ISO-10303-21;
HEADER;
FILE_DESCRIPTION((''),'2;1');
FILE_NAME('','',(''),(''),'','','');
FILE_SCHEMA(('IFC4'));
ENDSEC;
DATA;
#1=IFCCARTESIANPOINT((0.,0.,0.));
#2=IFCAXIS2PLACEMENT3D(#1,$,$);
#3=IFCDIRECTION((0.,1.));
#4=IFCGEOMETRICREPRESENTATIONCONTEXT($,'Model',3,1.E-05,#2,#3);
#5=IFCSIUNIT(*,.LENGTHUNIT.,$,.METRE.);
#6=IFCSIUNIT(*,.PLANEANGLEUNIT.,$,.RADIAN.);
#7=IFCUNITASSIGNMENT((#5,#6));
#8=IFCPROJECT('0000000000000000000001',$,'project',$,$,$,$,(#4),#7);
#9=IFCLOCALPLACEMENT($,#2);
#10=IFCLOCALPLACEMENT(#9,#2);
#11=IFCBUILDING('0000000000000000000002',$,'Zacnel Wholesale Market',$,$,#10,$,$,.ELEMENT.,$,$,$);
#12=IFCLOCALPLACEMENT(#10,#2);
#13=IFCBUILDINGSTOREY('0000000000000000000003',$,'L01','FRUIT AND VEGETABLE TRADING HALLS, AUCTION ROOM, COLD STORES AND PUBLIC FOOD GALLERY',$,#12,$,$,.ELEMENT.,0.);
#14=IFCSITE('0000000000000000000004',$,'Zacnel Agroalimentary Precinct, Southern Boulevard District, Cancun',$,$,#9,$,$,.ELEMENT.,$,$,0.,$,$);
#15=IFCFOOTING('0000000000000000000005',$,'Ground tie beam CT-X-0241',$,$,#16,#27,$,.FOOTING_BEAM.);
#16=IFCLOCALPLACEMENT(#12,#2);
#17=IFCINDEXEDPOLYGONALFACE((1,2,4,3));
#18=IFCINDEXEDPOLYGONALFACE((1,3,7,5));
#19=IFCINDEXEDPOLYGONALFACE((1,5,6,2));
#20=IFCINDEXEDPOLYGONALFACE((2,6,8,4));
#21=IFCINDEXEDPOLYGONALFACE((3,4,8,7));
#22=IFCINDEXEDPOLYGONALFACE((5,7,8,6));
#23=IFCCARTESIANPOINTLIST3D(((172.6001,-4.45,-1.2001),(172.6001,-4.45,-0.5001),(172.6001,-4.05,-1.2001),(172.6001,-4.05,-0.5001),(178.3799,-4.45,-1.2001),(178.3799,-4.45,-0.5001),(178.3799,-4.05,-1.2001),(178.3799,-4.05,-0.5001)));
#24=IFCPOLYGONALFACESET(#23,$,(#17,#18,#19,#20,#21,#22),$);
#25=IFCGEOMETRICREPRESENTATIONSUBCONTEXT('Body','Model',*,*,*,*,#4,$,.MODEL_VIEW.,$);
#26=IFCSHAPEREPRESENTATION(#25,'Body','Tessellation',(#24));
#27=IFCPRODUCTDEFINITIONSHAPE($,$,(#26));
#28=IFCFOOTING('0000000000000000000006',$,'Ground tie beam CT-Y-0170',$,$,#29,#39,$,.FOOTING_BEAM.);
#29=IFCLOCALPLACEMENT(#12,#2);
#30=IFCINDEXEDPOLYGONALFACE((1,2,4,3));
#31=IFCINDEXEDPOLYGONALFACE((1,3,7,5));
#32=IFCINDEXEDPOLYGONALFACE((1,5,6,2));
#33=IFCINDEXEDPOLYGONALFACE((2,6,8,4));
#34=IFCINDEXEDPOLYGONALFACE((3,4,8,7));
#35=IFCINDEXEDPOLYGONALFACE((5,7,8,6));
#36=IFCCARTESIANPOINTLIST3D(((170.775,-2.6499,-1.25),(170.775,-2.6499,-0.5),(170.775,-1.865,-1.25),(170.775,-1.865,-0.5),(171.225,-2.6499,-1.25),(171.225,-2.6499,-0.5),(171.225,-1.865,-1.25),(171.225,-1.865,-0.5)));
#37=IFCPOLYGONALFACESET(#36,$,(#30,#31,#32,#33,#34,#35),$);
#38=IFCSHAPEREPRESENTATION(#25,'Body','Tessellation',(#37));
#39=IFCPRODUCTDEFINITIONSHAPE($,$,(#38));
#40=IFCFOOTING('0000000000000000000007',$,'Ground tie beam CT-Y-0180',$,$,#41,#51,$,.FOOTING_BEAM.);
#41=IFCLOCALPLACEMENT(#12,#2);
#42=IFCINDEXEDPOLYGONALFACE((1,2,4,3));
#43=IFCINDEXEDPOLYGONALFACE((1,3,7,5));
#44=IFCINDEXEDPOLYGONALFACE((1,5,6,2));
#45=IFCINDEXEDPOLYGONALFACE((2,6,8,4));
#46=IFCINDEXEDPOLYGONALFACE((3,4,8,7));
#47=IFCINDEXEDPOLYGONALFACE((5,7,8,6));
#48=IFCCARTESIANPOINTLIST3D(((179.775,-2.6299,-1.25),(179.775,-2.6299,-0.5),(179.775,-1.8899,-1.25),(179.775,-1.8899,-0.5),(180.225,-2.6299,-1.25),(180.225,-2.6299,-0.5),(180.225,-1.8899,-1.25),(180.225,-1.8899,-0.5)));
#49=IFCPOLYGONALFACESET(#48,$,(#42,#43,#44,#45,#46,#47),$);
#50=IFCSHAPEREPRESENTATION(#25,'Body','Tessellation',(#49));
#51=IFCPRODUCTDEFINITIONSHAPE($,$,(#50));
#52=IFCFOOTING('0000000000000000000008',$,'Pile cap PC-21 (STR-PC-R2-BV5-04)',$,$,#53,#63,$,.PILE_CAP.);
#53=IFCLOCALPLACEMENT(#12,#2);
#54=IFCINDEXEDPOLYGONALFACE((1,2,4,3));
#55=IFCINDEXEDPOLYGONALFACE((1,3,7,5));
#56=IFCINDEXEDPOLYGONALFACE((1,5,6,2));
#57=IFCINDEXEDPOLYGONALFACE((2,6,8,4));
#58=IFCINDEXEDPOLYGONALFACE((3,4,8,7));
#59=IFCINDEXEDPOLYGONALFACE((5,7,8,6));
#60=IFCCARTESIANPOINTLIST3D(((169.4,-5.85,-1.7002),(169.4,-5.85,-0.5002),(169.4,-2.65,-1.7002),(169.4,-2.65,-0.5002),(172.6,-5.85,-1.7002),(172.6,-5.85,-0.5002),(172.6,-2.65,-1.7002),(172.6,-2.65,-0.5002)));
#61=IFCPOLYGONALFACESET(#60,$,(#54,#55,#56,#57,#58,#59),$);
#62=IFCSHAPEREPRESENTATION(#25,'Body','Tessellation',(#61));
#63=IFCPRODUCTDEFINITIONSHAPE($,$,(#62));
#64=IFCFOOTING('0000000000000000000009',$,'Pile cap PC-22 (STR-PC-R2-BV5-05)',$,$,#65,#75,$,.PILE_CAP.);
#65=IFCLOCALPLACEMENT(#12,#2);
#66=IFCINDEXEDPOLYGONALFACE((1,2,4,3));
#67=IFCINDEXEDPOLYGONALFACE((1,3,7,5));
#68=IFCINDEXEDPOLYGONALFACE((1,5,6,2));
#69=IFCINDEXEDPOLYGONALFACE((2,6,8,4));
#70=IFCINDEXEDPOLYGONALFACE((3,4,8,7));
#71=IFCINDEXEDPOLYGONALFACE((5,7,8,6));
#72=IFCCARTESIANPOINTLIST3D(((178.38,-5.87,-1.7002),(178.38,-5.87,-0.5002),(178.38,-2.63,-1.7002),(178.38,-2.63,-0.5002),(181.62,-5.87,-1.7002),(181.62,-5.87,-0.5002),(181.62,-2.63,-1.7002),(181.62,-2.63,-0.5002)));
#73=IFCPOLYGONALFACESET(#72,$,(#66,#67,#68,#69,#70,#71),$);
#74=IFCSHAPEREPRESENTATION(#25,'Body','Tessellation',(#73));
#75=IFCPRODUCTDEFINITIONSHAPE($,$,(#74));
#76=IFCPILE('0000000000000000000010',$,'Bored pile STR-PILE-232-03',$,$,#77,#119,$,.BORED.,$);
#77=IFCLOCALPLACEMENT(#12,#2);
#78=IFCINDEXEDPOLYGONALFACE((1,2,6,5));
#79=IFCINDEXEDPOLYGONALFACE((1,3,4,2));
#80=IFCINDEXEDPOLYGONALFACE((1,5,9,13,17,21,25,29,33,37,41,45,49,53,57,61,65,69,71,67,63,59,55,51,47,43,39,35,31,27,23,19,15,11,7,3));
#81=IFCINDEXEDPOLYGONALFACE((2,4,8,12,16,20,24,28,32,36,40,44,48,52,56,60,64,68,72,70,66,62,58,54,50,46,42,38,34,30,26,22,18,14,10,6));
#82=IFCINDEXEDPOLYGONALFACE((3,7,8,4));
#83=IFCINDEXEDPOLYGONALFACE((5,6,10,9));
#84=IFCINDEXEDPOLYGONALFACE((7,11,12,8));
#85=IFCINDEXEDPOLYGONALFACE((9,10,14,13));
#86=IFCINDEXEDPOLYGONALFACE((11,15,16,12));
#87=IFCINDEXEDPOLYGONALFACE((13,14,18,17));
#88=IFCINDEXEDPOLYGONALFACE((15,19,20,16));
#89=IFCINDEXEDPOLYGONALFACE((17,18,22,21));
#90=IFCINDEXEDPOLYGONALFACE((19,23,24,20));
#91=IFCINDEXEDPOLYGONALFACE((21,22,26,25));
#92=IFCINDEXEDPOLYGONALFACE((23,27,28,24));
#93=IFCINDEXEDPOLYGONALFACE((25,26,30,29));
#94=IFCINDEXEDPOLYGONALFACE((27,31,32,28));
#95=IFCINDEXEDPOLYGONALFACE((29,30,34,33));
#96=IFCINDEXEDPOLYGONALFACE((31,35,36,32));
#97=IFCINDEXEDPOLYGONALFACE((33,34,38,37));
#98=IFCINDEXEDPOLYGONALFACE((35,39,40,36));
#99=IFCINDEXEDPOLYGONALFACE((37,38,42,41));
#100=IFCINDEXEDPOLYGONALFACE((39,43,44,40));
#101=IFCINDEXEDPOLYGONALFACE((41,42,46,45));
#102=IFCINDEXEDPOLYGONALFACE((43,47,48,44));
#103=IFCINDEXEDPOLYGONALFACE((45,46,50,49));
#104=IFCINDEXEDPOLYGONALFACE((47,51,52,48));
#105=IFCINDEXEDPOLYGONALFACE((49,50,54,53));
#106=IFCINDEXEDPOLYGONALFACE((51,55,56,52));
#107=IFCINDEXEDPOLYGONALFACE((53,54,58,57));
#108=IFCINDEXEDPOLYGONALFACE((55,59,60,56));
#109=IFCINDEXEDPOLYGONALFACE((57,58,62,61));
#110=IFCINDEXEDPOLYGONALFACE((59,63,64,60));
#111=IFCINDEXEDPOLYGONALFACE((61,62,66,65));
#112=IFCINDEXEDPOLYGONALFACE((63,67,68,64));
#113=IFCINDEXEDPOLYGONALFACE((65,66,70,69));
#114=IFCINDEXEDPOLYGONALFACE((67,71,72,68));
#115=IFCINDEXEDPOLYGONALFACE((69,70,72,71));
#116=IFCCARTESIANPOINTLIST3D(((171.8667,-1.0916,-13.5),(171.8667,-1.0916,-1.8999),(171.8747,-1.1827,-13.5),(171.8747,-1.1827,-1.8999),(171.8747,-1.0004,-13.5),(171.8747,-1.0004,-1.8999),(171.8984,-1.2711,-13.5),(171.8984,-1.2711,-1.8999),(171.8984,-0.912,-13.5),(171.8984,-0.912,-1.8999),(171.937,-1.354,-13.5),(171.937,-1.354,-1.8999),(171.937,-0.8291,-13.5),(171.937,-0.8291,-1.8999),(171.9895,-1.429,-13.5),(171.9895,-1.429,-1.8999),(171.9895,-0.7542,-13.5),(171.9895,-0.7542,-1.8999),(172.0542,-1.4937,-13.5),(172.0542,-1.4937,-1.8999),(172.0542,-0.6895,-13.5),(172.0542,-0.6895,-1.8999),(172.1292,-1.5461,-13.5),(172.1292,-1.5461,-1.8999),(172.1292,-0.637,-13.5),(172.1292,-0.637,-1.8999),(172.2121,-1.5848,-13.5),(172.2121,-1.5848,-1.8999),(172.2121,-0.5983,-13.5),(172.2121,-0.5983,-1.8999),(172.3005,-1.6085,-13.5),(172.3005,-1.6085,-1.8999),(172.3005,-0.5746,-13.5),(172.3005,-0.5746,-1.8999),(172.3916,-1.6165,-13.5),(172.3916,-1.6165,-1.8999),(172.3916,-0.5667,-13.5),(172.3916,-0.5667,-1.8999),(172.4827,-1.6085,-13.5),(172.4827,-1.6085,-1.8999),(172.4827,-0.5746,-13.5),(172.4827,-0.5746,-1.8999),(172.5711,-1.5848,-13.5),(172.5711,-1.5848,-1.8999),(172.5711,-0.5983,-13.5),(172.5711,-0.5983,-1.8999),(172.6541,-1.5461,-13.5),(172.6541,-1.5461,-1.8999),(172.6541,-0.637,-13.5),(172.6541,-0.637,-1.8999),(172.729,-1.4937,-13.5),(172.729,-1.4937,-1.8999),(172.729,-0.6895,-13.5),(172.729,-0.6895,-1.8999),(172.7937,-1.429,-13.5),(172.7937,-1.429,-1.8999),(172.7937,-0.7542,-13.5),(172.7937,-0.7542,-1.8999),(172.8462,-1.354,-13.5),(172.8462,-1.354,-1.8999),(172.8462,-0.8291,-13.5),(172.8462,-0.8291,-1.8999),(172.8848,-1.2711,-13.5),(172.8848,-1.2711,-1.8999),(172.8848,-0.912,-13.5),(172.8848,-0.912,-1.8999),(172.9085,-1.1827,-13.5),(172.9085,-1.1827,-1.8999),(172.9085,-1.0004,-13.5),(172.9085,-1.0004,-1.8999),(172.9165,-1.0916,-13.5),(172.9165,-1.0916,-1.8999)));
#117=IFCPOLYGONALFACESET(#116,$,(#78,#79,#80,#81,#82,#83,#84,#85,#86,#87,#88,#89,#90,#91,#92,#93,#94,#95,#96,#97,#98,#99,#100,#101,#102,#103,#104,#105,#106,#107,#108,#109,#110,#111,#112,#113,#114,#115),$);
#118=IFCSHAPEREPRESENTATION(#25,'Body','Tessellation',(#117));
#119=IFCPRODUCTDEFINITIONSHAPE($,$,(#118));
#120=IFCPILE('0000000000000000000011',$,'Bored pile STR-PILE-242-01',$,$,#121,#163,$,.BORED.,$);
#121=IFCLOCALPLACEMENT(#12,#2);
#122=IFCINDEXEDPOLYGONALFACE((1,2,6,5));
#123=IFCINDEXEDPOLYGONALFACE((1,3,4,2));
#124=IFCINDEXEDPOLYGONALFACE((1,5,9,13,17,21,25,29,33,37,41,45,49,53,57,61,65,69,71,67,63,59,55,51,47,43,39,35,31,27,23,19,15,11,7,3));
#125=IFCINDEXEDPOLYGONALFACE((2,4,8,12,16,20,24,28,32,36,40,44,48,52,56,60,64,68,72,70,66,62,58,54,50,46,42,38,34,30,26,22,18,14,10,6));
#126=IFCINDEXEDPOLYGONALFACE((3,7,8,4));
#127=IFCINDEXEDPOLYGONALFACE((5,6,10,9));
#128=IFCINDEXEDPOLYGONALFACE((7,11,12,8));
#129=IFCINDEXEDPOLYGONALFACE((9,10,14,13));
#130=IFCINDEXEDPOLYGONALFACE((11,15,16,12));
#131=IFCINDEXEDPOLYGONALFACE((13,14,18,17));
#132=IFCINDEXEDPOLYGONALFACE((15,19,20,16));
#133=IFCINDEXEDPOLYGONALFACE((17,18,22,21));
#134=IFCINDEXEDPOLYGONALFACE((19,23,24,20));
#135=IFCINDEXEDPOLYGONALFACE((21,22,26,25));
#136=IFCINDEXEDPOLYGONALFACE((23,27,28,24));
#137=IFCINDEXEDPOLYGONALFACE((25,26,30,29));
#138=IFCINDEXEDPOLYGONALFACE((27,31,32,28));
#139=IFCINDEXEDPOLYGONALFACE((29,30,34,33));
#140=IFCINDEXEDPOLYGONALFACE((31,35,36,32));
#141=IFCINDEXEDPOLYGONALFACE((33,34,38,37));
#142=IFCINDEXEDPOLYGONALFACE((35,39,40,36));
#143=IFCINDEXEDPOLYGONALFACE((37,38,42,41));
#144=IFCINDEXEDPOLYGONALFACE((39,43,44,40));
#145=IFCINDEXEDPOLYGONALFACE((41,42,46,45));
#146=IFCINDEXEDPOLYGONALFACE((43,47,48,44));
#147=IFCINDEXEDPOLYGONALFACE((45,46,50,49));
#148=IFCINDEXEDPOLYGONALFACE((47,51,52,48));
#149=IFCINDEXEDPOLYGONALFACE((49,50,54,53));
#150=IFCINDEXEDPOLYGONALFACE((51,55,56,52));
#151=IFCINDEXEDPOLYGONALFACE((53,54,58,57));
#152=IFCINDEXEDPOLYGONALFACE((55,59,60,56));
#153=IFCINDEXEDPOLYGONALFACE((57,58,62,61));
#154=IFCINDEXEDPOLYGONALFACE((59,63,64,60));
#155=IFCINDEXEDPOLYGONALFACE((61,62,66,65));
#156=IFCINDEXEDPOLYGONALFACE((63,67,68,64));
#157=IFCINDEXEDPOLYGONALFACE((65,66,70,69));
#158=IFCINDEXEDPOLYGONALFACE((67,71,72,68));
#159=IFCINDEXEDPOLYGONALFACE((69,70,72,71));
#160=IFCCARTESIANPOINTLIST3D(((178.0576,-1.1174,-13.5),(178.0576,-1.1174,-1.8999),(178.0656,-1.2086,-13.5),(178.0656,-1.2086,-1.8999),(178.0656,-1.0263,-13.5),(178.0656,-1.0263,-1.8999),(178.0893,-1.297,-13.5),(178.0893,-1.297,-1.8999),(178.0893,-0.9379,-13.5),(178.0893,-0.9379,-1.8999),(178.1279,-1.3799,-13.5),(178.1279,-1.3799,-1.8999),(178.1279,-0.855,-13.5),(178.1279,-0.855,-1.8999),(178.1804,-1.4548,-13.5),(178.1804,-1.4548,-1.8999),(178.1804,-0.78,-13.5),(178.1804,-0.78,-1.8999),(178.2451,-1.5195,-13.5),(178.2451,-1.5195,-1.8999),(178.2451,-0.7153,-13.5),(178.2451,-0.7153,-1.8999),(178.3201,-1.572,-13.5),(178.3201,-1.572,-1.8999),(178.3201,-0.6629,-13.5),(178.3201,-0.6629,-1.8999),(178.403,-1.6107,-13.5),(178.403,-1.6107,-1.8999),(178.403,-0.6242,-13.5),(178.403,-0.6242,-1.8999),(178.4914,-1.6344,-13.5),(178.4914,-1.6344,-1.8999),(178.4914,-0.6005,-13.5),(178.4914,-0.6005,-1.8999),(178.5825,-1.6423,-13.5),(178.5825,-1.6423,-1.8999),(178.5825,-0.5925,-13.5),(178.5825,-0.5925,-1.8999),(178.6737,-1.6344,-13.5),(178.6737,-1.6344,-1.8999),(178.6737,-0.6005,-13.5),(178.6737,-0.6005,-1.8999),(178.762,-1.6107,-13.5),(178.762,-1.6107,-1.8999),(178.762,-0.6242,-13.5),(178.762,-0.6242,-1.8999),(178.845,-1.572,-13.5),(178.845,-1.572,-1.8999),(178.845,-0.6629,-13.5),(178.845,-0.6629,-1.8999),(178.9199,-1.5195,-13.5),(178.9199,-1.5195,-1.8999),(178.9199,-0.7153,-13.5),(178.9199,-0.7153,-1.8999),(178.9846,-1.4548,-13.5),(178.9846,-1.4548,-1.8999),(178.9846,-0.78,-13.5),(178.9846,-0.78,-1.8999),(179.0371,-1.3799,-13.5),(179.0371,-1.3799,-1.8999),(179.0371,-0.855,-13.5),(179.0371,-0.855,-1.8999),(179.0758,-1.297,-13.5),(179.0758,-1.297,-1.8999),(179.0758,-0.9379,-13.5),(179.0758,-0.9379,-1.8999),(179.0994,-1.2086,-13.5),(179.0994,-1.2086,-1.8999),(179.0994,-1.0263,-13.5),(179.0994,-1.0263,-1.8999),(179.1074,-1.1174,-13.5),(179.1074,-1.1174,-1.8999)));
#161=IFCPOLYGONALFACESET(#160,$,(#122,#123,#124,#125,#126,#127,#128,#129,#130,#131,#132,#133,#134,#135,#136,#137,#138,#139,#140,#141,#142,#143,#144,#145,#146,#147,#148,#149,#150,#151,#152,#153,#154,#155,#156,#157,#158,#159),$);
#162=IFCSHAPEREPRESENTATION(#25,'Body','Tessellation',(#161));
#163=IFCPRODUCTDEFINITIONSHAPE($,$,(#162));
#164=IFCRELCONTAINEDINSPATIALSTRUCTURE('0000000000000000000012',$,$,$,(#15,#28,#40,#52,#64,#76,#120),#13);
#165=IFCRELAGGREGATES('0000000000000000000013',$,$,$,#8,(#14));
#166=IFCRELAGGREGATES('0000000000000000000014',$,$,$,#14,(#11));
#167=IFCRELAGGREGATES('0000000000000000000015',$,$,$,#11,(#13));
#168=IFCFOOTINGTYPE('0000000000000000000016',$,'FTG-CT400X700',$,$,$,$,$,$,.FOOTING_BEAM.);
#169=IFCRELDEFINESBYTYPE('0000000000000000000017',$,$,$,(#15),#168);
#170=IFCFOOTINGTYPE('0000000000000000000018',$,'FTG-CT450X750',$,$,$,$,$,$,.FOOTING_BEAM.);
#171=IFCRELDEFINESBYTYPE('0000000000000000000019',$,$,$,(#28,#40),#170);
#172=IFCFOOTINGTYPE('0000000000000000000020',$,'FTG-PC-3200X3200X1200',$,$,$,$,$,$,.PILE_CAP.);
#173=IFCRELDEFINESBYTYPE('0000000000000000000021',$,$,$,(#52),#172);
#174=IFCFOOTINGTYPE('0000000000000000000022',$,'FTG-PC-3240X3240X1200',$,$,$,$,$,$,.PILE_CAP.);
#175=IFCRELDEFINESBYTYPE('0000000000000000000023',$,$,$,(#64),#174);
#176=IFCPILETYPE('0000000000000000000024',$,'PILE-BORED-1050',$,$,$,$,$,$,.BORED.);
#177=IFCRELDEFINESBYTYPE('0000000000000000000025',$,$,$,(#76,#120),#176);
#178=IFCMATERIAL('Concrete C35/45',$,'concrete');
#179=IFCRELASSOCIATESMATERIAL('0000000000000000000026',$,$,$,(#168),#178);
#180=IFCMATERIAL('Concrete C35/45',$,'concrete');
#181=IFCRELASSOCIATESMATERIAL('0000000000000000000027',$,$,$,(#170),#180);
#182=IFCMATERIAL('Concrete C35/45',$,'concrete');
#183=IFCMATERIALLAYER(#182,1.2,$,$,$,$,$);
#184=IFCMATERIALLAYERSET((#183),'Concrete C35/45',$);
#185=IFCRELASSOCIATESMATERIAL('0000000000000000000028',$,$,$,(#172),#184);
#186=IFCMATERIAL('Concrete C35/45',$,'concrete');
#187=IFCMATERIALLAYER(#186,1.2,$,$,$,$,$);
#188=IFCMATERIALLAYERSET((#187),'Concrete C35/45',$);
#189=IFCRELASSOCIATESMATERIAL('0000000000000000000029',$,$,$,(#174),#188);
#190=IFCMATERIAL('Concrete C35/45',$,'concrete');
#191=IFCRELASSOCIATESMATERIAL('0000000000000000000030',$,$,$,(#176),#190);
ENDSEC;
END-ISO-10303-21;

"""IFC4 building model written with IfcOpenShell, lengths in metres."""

from ifc_helpers import new_model, si_unit, direction, frame, origin, origin_2d, place, context, subcontext, project, spatial, rectangle, circle, extrude, material, layer, layer_set, material_profile, profile_set, type_object, element, save


model = new_model("IFC4")

# Units and contexts
model_context = context("Model", 3, precision=1e-05, world=origin(), true_north=direction((0.0, 1.0)))
body_context = subcontext(model_context, "Body", "Model", "MODEL_VIEW")
ifc_project = project(units=[si_unit("LENGTHUNIT", "METRE"), si_unit("PLANEANGLEUNIT", "RADIAN")], contexts=[model_context])

# Site, building, storey
site_placement = place(None, origin())
site = spatial("IfcSite", under=ifc_project, at=site_placement, Name="Zacnel Agroalimentary Precinct, Southern Boulevard District, Cancun", CompositionType="ELEMENT", RefElevation=0.0)
building_placement = place(site_placement, origin())
building = spatial("IfcBuilding", under=site, at=building_placement, Name="Zacnel Wholesale Market", CompositionType="ELEMENT")
storey_placement = place(building_placement, origin())
storey = spatial("IfcBuildingStorey", under=building, at=storey_placement, Name="L01", Description="FRUIT AND VEGETABLE TRADING HALLS, AUCTION ROOM, COLD STORES AND PUBLIC FOOD GALLERY", CompositionType="ELEMENT", Elevation=0.0)

# Footings
ifc_material_1 = material(Name="Concrete C35/45", Category="concrete")
ifc_material_profile_1 = material_profile(ifc_material_1, rectangle(XDim=0.3999, YDim=0.7, at=origin_2d()), Name="CT 400x700")
ifc_profile_set_1 = profile_set([ifc_material_profile_1], Name="Concrete C35/45")
footing_type_1 = type_object("IfcFootingType", Name="FTG-CT400X700", PredefinedType="FOOTING_BEAM", material=ifc_profile_set_1)
footing_1_placement = place(storey_placement, frame((172.6001, -4.25, -0.8501), z_axis=(1.0, 0.0, 0.0), x_axis=(0.0, 1.0, 0.0)))
element("IfcFooting", 1, at=footing_1_placement, inside=storey, type_object=footing_type_1, Name="Ground tie beam CT-X-0241", PredefinedType="FOOTING_BEAM", context=body_context, shape_type="SweptSolid", body=[
    extrude(rectangle(XDim=0.3999, YDim=0.7, at=origin_2d()), origin(), (0.0, 0.0, 1.0), 5.7798),
])
ifc_material_2 = material(Name="Concrete C35/45", Category="concrete")
ifc_material_profile_2 = material_profile(ifc_material_2, rectangle(XDim=0.45, YDim=0.75, at=origin_2d()), Name="CT 450x750")
ifc_profile_set_2 = profile_set([ifc_material_profile_2], Name="Concrete C35/45")
footing_type_2 = type_object("IfcFootingType", Name="FTG-CT450X750", PredefinedType="FOOTING_BEAM", material=ifc_profile_set_2)
footing_2_placement = place(storey_placement, frame((171.0, -2.6499, -0.875), z_axis=(0.0, 1.0, 0.0), x_axis=(-1.0, 0.0, 0.0)))
element("IfcFooting", 2, at=footing_2_placement, inside=storey, type_object=footing_type_2, Name="Ground tie beam CT-Y-0170", PredefinedType="FOOTING_BEAM", context=body_context, shape_type="SweptSolid", body=[
    extrude(rectangle(XDim=0.45, YDim=0.75, at=origin_2d()), origin(), (0.0, 0.0, 1.0), 0.7849),
])
footing_3_placement = place(storey_placement, frame((180.0, -2.6299, -0.875), z_axis=(0.0, 1.0, 0.0), x_axis=(-1.0, 0.0, 0.0)))
element("IfcFooting", 3, at=footing_3_placement, inside=storey, type_object=footing_type_2, Name="Ground tie beam CT-Y-0180", PredefinedType="FOOTING_BEAM", context=body_context, shape_type="SweptSolid", body=[
    extrude(rectangle(XDim=0.45, YDim=0.75, at=origin_2d()), origin(), (0.0, 0.0, 1.0), 0.74),
])
ifc_material_3 = material(Name="Concrete C35/45", Category="concrete")
ifc_layer_1 = layer(ifc_material_3, 1.2)
ifc_layer_set_1 = layer_set([ifc_layer_1], Name="Concrete C35/45")
footing_type_3 = type_object("IfcFootingType", Name="FTG-PC-3200X3200X1200", PredefinedType="PILE_CAP", material=ifc_layer_set_1)
footing_4_placement = place(storey_placement, frame((171.0, -4.25, -1.7002), z_axis=(0.0, 0.0, 1.0), x_axis=(1.0, 0.0, 0.0)))
element("IfcFooting", 4, at=footing_4_placement, inside=storey, type_object=footing_type_3, Name="Pile cap PC-21 (STR-PC-R2-BV5-04)", PredefinedType="PILE_CAP", context=body_context, shape_type="SweptSolid", body=[
    extrude(rectangle(XDim=3.2, YDim=3.2, at=origin_2d()), origin(), (0.0, 0.0, 1.0), 1.2),
])
ifc_material_4 = material(Name="Concrete C35/45", Category="concrete")
ifc_layer_2 = layer(ifc_material_4, 1.2)
ifc_layer_set_2 = layer_set([ifc_layer_2], Name="Concrete C35/45")
footing_type_4 = type_object("IfcFootingType", Name="FTG-PC-3240X3240X1200", PredefinedType="PILE_CAP", material=ifc_layer_set_2)
footing_5_placement = place(storey_placement, frame((180.0, -4.25, -1.7002), z_axis=(0.0, 0.0, 1.0), x_axis=(1.0, 0.0, 0.0)))
element("IfcFooting", 5, at=footing_5_placement, inside=storey, type_object=footing_type_4, Name="Pile cap PC-22 (STR-PC-R2-BV5-05)", PredefinedType="PILE_CAP", context=body_context, shape_type="SweptSolid", body=[
    extrude(rectangle(XDim=3.24, YDim=3.24, at=origin_2d()), origin(), (0.0, 0.0, 1.0), 1.2),
])

# Piles
ifc_material_5 = material(Name="Concrete C35/45", Category="concrete")
ifc_material_profile_3 = material_profile(ifc_material_5, circle(Radius=0.5249, at=origin_2d()), Name="BORED PILE D1050")
ifc_profile_set_3 = profile_set([ifc_material_profile_3], Name="Concrete C35/45")
pile_type_1 = type_object("IfcPileType", Name="PILE-BORED-1050", PredefinedType="BORED", material=ifc_profile_set_3)
for number, where, z_axis, x_axis, name in (
    (6, (172.3916, -1.0916, -1.8999), (0.0, 0.0, -1.0), (1.0, 0.0, 0.0), "Bored pile STR-PILE-232-03"),
    (7, (178.5825, -1.1174, -1.8999), (0.0, 0.0, -1.0), (1.0, 0.0, 0.0), "Bored pile STR-PILE-242-01"),
):
    element("IfcPile", number, at=place(storey_placement, frame(where, z_axis=z_axis, x_axis=x_axis)), inside=storey, type_object=pile_type_1, Name=name, PredefinedType="BORED", context=body_context, shape_type="SweptSolid", body=[
        extrude(circle(Radius=0.5249, at=origin_2d()), origin(), (0.0, 0.0, 1.0), 11.6001),
    ])

save(model, "model.ifc")
